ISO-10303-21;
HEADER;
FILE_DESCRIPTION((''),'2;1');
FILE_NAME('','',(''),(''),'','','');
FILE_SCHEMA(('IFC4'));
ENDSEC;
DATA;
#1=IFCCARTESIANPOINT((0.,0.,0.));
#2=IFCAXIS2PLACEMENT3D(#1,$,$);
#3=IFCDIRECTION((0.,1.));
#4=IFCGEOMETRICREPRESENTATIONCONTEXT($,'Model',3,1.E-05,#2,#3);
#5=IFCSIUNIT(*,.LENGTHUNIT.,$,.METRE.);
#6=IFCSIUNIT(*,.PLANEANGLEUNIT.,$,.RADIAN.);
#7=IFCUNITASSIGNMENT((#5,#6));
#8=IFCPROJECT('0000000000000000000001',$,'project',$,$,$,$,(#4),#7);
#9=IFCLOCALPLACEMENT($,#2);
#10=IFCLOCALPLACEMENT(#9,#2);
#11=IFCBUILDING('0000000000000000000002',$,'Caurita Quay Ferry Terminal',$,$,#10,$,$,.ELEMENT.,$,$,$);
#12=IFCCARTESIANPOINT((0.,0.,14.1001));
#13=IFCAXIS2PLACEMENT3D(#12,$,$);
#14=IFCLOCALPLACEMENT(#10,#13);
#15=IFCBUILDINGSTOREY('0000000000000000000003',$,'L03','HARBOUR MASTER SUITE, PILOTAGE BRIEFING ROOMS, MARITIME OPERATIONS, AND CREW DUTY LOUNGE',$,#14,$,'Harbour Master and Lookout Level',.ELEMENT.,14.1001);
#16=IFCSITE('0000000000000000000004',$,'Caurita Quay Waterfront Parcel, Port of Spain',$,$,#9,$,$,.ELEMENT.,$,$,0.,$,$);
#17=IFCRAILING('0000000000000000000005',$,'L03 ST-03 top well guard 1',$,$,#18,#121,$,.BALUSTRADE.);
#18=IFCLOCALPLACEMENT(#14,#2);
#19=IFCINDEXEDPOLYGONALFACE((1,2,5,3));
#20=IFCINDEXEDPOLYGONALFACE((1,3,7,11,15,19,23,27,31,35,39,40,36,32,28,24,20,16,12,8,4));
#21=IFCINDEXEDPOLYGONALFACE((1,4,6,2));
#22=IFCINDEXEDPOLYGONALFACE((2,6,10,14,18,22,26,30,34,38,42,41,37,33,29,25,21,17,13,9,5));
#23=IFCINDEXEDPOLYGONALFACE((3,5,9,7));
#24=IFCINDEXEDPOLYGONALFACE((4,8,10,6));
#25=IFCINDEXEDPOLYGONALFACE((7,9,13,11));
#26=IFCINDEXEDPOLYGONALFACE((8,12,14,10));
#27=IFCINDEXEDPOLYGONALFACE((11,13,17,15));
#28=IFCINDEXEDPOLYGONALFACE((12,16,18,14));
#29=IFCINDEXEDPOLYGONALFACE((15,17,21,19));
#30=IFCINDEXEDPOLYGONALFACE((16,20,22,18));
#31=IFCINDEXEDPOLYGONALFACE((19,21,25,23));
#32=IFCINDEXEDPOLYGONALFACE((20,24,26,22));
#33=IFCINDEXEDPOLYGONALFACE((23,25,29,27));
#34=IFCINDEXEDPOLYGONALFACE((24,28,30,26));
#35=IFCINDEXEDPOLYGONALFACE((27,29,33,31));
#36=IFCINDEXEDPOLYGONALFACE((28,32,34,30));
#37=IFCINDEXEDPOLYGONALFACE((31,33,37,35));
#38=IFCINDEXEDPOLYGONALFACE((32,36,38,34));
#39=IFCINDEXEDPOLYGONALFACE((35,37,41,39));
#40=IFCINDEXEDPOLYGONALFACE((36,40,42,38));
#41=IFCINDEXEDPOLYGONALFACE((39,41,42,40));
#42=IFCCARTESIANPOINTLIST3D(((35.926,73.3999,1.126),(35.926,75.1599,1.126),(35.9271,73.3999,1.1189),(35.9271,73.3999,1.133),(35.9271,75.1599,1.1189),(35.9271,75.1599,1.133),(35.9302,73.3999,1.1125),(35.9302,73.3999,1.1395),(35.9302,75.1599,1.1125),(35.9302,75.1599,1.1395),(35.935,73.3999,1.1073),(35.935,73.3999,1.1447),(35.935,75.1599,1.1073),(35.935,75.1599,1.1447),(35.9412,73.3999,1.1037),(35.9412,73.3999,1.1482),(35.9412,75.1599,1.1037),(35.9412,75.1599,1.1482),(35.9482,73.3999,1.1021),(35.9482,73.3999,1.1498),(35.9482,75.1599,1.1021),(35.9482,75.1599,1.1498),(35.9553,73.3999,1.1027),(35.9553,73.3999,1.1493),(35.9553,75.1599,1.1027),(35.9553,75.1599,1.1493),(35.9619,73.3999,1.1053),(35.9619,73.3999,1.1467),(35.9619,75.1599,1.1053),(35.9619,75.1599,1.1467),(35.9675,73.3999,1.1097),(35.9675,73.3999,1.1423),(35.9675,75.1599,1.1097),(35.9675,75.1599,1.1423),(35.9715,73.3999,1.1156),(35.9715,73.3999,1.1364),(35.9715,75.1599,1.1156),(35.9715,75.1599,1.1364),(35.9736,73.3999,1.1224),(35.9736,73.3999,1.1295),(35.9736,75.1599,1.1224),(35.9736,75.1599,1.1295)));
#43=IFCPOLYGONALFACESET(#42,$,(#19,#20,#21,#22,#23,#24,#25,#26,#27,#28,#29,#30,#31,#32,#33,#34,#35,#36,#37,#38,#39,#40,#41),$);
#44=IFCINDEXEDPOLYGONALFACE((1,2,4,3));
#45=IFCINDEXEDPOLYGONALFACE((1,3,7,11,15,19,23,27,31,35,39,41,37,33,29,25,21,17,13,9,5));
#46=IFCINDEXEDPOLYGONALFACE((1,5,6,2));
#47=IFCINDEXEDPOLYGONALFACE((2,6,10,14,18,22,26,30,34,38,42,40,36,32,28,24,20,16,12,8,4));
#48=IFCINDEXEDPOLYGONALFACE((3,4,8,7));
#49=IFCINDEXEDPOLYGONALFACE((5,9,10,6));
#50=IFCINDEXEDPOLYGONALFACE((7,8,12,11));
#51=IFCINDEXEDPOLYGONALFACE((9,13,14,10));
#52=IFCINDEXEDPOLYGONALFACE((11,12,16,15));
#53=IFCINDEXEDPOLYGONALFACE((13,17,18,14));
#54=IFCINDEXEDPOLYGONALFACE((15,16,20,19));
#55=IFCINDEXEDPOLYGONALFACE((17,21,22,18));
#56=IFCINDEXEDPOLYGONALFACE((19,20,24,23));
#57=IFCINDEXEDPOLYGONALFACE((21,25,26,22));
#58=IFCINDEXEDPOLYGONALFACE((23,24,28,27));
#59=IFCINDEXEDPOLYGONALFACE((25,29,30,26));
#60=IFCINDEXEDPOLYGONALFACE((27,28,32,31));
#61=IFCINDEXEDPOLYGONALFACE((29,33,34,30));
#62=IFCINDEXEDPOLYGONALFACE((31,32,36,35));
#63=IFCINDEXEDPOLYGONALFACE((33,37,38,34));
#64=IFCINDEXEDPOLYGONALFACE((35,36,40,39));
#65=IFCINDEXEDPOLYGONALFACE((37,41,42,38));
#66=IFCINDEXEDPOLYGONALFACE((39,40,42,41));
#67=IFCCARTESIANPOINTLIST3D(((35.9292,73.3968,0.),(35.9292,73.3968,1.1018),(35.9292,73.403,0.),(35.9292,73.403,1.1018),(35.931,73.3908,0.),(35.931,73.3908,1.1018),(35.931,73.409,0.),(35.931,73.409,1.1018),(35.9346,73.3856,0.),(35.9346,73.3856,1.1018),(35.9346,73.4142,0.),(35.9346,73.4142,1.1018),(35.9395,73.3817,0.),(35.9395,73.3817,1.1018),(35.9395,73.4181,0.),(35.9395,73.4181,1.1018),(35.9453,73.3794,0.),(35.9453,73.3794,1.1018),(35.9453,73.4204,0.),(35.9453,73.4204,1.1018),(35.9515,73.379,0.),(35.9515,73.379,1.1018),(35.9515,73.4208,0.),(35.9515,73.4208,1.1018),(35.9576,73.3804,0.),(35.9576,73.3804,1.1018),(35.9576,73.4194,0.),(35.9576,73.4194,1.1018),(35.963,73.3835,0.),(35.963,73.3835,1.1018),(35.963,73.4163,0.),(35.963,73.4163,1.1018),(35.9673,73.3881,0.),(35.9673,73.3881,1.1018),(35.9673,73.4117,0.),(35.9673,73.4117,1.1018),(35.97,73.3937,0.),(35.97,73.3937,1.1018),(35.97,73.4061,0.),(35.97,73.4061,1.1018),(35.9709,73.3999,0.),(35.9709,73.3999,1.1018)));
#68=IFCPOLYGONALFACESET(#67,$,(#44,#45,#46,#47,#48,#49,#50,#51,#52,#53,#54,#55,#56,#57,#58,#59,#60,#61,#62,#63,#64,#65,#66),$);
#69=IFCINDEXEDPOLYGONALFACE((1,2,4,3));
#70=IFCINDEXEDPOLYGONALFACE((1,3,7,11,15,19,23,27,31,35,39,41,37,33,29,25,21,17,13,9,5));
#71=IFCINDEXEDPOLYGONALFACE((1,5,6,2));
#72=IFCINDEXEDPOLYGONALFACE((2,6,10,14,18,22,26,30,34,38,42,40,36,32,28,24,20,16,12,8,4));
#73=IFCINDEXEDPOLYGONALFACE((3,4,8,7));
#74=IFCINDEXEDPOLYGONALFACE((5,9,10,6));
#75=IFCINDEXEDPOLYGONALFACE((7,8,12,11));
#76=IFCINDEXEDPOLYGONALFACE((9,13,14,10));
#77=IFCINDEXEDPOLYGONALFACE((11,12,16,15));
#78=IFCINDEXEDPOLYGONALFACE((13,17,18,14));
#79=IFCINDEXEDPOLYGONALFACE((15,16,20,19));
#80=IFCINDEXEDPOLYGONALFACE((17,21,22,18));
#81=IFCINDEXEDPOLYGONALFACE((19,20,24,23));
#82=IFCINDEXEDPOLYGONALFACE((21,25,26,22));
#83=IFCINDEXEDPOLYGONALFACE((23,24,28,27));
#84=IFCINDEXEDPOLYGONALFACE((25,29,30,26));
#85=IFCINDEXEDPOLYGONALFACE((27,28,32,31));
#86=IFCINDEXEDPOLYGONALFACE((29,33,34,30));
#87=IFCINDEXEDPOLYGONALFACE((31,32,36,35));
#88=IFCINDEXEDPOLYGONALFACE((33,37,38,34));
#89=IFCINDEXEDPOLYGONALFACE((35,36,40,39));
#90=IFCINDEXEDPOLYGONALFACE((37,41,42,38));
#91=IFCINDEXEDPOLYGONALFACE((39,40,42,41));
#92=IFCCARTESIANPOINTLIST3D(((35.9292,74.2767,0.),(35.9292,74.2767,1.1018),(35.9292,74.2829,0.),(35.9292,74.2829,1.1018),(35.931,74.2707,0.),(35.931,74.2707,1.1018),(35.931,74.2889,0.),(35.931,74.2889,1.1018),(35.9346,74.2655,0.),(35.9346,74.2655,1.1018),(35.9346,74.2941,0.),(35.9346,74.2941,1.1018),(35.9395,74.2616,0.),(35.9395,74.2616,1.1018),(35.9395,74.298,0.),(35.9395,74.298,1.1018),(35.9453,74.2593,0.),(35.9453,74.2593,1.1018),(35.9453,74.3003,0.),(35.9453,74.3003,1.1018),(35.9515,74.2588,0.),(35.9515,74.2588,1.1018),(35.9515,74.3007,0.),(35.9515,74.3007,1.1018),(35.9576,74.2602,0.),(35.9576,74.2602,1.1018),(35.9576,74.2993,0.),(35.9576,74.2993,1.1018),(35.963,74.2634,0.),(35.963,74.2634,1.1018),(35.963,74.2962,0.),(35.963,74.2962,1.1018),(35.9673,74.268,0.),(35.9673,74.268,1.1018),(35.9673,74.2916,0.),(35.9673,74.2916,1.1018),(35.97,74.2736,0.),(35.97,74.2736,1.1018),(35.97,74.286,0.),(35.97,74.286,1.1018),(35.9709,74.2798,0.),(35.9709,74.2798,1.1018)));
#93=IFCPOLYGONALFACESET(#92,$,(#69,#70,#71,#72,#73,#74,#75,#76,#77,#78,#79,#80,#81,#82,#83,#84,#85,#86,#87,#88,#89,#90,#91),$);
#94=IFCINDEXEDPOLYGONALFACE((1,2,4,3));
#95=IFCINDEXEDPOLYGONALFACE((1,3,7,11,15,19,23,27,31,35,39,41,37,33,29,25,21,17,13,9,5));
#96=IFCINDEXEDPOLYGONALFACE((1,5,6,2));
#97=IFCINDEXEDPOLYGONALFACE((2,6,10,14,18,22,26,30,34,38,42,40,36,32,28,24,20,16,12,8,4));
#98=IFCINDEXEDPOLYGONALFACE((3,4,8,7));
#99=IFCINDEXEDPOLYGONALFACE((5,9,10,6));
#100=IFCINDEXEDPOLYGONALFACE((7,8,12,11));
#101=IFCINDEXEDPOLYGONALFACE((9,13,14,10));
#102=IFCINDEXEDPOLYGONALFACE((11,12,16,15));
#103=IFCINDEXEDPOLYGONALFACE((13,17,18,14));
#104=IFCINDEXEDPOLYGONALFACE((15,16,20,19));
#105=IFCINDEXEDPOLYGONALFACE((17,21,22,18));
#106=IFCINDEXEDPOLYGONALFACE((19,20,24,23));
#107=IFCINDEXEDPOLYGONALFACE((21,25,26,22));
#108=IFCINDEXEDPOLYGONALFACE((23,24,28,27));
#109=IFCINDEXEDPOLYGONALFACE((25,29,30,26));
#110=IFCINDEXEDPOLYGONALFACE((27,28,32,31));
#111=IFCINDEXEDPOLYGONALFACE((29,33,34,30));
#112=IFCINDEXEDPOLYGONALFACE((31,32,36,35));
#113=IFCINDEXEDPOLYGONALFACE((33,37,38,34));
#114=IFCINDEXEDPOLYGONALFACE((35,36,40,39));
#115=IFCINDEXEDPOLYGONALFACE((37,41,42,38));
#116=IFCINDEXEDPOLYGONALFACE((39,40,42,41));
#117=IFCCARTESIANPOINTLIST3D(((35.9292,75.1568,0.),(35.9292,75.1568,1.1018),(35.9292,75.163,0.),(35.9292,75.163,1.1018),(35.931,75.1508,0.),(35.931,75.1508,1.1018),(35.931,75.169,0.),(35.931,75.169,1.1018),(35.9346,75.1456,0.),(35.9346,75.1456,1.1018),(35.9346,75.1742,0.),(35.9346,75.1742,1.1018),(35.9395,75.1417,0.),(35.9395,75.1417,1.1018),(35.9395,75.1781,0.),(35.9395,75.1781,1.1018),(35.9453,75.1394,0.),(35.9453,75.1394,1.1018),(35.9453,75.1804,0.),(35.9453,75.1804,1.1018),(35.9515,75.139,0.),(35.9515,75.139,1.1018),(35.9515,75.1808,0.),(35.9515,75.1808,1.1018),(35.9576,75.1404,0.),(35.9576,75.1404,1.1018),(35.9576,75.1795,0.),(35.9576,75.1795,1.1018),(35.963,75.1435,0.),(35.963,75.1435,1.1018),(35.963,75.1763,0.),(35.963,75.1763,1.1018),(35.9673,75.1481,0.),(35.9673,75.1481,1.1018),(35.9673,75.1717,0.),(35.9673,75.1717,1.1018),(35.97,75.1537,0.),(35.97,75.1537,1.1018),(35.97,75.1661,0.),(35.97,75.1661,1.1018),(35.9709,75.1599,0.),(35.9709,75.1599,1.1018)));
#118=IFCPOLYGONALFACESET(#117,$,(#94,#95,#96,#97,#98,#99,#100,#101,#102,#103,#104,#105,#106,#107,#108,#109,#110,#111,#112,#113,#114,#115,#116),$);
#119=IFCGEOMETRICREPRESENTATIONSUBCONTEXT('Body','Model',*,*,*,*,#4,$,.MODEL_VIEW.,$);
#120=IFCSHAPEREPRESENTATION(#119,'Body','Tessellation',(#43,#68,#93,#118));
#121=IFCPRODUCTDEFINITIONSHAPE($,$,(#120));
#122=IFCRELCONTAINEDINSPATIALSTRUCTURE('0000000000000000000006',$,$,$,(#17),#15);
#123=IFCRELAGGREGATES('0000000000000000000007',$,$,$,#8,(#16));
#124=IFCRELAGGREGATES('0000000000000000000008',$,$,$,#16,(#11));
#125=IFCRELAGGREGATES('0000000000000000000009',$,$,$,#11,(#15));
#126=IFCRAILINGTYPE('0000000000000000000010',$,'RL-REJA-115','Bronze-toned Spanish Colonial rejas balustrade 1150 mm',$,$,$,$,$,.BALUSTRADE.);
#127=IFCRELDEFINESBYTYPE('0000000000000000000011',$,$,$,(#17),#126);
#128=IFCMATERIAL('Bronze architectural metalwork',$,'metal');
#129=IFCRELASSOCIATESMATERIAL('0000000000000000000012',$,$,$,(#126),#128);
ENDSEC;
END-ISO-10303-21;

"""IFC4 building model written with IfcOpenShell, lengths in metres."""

from ifc_helpers import new_model, si_unit, direction, frame, origin, origin_2d, place, context, subcontext, project, spatial, circle, extrude, material, type_object, element, save


model = new_model("IFC4")

# Units and contexts
model_context = context("Model", 3, precision=1e-05, world=origin(), true_north=direction((0.0, 1.0)))
body_context = subcontext(model_context, "Body", "Model", "MODEL_VIEW")
ifc_project = project(units=[si_unit("LENGTHUNIT", "METRE"), si_unit("PLANEANGLEUNIT", "RADIAN")], contexts=[model_context])

# Site, building, storey
site_placement = place(None, origin())
site = spatial("IfcSite", under=ifc_project, at=site_placement, Name="Caurita Quay Waterfront Parcel, Port of Spain", CompositionType="ELEMENT", RefElevation=0.0)
building_placement = place(site_placement, origin())
building = spatial("IfcBuilding", under=site, at=building_placement, Name="Caurita Quay Ferry Terminal", CompositionType="ELEMENT")
storey_placement = place(building_placement, frame((0.0, 0.0, 14.1001)))
storey = spatial("IfcBuildingStorey", under=building, at=storey_placement, Name="L03", Description="HARBOUR MASTER SUITE, PILOTAGE BRIEFING ROOMS, MARITIME OPERATIONS, AND CREW DUTY LOUNGE", LongName="Harbour Master and Lookout Level", CompositionType="ELEMENT", Elevation=14.1001)

# Railing
ifc_material_1 = material(Name="Bronze architectural metalwork", Category="metal")
railing_type = type_object("IfcRailingType", Name="RL-REJA-115", Description="Bronze-toned Spanish Colonial rejas balustrade 1150 mm", PredefinedType="BALUSTRADE", material=ifc_material_1)
railing_placement = place(storey_placement, frame((35.95, 73.3999, 0.0)))
element("IfcRailing", 1, at=railing_placement, inside=storey, type_object=railing_type, Name="L03 ST-03 top well guard 1", PredefinedType="BALUSTRADE", context=body_context, shape_type="SweptSolid", body=[
    extrude(circle(Radius=0.0239, at=origin_2d()), frame((0.0, 0.0, 1.126), z_axis=(0.0, 1.0, 0.0), x_axis=(-1.0, 0.0, 0.0)), (0.0, 0.0, 1.0), 1.76),
    extrude(circle(Radius=0.021, at=origin_2d()), origin(), (0.0, 0.0, 1.0), 1.1018),
    extrude(circle(Radius=0.021, at=origin_2d()), frame((0.0, 0.8799, 0.0)), (0.0, 0.0, 1.0), 1.1018),
    extrude(circle(Radius=0.021, at=origin_2d()), frame((0.0, 1.76, 0.0)), (0.0, 0.0, 1.0), 1.1018),
])

save(model, "model.ifc")
